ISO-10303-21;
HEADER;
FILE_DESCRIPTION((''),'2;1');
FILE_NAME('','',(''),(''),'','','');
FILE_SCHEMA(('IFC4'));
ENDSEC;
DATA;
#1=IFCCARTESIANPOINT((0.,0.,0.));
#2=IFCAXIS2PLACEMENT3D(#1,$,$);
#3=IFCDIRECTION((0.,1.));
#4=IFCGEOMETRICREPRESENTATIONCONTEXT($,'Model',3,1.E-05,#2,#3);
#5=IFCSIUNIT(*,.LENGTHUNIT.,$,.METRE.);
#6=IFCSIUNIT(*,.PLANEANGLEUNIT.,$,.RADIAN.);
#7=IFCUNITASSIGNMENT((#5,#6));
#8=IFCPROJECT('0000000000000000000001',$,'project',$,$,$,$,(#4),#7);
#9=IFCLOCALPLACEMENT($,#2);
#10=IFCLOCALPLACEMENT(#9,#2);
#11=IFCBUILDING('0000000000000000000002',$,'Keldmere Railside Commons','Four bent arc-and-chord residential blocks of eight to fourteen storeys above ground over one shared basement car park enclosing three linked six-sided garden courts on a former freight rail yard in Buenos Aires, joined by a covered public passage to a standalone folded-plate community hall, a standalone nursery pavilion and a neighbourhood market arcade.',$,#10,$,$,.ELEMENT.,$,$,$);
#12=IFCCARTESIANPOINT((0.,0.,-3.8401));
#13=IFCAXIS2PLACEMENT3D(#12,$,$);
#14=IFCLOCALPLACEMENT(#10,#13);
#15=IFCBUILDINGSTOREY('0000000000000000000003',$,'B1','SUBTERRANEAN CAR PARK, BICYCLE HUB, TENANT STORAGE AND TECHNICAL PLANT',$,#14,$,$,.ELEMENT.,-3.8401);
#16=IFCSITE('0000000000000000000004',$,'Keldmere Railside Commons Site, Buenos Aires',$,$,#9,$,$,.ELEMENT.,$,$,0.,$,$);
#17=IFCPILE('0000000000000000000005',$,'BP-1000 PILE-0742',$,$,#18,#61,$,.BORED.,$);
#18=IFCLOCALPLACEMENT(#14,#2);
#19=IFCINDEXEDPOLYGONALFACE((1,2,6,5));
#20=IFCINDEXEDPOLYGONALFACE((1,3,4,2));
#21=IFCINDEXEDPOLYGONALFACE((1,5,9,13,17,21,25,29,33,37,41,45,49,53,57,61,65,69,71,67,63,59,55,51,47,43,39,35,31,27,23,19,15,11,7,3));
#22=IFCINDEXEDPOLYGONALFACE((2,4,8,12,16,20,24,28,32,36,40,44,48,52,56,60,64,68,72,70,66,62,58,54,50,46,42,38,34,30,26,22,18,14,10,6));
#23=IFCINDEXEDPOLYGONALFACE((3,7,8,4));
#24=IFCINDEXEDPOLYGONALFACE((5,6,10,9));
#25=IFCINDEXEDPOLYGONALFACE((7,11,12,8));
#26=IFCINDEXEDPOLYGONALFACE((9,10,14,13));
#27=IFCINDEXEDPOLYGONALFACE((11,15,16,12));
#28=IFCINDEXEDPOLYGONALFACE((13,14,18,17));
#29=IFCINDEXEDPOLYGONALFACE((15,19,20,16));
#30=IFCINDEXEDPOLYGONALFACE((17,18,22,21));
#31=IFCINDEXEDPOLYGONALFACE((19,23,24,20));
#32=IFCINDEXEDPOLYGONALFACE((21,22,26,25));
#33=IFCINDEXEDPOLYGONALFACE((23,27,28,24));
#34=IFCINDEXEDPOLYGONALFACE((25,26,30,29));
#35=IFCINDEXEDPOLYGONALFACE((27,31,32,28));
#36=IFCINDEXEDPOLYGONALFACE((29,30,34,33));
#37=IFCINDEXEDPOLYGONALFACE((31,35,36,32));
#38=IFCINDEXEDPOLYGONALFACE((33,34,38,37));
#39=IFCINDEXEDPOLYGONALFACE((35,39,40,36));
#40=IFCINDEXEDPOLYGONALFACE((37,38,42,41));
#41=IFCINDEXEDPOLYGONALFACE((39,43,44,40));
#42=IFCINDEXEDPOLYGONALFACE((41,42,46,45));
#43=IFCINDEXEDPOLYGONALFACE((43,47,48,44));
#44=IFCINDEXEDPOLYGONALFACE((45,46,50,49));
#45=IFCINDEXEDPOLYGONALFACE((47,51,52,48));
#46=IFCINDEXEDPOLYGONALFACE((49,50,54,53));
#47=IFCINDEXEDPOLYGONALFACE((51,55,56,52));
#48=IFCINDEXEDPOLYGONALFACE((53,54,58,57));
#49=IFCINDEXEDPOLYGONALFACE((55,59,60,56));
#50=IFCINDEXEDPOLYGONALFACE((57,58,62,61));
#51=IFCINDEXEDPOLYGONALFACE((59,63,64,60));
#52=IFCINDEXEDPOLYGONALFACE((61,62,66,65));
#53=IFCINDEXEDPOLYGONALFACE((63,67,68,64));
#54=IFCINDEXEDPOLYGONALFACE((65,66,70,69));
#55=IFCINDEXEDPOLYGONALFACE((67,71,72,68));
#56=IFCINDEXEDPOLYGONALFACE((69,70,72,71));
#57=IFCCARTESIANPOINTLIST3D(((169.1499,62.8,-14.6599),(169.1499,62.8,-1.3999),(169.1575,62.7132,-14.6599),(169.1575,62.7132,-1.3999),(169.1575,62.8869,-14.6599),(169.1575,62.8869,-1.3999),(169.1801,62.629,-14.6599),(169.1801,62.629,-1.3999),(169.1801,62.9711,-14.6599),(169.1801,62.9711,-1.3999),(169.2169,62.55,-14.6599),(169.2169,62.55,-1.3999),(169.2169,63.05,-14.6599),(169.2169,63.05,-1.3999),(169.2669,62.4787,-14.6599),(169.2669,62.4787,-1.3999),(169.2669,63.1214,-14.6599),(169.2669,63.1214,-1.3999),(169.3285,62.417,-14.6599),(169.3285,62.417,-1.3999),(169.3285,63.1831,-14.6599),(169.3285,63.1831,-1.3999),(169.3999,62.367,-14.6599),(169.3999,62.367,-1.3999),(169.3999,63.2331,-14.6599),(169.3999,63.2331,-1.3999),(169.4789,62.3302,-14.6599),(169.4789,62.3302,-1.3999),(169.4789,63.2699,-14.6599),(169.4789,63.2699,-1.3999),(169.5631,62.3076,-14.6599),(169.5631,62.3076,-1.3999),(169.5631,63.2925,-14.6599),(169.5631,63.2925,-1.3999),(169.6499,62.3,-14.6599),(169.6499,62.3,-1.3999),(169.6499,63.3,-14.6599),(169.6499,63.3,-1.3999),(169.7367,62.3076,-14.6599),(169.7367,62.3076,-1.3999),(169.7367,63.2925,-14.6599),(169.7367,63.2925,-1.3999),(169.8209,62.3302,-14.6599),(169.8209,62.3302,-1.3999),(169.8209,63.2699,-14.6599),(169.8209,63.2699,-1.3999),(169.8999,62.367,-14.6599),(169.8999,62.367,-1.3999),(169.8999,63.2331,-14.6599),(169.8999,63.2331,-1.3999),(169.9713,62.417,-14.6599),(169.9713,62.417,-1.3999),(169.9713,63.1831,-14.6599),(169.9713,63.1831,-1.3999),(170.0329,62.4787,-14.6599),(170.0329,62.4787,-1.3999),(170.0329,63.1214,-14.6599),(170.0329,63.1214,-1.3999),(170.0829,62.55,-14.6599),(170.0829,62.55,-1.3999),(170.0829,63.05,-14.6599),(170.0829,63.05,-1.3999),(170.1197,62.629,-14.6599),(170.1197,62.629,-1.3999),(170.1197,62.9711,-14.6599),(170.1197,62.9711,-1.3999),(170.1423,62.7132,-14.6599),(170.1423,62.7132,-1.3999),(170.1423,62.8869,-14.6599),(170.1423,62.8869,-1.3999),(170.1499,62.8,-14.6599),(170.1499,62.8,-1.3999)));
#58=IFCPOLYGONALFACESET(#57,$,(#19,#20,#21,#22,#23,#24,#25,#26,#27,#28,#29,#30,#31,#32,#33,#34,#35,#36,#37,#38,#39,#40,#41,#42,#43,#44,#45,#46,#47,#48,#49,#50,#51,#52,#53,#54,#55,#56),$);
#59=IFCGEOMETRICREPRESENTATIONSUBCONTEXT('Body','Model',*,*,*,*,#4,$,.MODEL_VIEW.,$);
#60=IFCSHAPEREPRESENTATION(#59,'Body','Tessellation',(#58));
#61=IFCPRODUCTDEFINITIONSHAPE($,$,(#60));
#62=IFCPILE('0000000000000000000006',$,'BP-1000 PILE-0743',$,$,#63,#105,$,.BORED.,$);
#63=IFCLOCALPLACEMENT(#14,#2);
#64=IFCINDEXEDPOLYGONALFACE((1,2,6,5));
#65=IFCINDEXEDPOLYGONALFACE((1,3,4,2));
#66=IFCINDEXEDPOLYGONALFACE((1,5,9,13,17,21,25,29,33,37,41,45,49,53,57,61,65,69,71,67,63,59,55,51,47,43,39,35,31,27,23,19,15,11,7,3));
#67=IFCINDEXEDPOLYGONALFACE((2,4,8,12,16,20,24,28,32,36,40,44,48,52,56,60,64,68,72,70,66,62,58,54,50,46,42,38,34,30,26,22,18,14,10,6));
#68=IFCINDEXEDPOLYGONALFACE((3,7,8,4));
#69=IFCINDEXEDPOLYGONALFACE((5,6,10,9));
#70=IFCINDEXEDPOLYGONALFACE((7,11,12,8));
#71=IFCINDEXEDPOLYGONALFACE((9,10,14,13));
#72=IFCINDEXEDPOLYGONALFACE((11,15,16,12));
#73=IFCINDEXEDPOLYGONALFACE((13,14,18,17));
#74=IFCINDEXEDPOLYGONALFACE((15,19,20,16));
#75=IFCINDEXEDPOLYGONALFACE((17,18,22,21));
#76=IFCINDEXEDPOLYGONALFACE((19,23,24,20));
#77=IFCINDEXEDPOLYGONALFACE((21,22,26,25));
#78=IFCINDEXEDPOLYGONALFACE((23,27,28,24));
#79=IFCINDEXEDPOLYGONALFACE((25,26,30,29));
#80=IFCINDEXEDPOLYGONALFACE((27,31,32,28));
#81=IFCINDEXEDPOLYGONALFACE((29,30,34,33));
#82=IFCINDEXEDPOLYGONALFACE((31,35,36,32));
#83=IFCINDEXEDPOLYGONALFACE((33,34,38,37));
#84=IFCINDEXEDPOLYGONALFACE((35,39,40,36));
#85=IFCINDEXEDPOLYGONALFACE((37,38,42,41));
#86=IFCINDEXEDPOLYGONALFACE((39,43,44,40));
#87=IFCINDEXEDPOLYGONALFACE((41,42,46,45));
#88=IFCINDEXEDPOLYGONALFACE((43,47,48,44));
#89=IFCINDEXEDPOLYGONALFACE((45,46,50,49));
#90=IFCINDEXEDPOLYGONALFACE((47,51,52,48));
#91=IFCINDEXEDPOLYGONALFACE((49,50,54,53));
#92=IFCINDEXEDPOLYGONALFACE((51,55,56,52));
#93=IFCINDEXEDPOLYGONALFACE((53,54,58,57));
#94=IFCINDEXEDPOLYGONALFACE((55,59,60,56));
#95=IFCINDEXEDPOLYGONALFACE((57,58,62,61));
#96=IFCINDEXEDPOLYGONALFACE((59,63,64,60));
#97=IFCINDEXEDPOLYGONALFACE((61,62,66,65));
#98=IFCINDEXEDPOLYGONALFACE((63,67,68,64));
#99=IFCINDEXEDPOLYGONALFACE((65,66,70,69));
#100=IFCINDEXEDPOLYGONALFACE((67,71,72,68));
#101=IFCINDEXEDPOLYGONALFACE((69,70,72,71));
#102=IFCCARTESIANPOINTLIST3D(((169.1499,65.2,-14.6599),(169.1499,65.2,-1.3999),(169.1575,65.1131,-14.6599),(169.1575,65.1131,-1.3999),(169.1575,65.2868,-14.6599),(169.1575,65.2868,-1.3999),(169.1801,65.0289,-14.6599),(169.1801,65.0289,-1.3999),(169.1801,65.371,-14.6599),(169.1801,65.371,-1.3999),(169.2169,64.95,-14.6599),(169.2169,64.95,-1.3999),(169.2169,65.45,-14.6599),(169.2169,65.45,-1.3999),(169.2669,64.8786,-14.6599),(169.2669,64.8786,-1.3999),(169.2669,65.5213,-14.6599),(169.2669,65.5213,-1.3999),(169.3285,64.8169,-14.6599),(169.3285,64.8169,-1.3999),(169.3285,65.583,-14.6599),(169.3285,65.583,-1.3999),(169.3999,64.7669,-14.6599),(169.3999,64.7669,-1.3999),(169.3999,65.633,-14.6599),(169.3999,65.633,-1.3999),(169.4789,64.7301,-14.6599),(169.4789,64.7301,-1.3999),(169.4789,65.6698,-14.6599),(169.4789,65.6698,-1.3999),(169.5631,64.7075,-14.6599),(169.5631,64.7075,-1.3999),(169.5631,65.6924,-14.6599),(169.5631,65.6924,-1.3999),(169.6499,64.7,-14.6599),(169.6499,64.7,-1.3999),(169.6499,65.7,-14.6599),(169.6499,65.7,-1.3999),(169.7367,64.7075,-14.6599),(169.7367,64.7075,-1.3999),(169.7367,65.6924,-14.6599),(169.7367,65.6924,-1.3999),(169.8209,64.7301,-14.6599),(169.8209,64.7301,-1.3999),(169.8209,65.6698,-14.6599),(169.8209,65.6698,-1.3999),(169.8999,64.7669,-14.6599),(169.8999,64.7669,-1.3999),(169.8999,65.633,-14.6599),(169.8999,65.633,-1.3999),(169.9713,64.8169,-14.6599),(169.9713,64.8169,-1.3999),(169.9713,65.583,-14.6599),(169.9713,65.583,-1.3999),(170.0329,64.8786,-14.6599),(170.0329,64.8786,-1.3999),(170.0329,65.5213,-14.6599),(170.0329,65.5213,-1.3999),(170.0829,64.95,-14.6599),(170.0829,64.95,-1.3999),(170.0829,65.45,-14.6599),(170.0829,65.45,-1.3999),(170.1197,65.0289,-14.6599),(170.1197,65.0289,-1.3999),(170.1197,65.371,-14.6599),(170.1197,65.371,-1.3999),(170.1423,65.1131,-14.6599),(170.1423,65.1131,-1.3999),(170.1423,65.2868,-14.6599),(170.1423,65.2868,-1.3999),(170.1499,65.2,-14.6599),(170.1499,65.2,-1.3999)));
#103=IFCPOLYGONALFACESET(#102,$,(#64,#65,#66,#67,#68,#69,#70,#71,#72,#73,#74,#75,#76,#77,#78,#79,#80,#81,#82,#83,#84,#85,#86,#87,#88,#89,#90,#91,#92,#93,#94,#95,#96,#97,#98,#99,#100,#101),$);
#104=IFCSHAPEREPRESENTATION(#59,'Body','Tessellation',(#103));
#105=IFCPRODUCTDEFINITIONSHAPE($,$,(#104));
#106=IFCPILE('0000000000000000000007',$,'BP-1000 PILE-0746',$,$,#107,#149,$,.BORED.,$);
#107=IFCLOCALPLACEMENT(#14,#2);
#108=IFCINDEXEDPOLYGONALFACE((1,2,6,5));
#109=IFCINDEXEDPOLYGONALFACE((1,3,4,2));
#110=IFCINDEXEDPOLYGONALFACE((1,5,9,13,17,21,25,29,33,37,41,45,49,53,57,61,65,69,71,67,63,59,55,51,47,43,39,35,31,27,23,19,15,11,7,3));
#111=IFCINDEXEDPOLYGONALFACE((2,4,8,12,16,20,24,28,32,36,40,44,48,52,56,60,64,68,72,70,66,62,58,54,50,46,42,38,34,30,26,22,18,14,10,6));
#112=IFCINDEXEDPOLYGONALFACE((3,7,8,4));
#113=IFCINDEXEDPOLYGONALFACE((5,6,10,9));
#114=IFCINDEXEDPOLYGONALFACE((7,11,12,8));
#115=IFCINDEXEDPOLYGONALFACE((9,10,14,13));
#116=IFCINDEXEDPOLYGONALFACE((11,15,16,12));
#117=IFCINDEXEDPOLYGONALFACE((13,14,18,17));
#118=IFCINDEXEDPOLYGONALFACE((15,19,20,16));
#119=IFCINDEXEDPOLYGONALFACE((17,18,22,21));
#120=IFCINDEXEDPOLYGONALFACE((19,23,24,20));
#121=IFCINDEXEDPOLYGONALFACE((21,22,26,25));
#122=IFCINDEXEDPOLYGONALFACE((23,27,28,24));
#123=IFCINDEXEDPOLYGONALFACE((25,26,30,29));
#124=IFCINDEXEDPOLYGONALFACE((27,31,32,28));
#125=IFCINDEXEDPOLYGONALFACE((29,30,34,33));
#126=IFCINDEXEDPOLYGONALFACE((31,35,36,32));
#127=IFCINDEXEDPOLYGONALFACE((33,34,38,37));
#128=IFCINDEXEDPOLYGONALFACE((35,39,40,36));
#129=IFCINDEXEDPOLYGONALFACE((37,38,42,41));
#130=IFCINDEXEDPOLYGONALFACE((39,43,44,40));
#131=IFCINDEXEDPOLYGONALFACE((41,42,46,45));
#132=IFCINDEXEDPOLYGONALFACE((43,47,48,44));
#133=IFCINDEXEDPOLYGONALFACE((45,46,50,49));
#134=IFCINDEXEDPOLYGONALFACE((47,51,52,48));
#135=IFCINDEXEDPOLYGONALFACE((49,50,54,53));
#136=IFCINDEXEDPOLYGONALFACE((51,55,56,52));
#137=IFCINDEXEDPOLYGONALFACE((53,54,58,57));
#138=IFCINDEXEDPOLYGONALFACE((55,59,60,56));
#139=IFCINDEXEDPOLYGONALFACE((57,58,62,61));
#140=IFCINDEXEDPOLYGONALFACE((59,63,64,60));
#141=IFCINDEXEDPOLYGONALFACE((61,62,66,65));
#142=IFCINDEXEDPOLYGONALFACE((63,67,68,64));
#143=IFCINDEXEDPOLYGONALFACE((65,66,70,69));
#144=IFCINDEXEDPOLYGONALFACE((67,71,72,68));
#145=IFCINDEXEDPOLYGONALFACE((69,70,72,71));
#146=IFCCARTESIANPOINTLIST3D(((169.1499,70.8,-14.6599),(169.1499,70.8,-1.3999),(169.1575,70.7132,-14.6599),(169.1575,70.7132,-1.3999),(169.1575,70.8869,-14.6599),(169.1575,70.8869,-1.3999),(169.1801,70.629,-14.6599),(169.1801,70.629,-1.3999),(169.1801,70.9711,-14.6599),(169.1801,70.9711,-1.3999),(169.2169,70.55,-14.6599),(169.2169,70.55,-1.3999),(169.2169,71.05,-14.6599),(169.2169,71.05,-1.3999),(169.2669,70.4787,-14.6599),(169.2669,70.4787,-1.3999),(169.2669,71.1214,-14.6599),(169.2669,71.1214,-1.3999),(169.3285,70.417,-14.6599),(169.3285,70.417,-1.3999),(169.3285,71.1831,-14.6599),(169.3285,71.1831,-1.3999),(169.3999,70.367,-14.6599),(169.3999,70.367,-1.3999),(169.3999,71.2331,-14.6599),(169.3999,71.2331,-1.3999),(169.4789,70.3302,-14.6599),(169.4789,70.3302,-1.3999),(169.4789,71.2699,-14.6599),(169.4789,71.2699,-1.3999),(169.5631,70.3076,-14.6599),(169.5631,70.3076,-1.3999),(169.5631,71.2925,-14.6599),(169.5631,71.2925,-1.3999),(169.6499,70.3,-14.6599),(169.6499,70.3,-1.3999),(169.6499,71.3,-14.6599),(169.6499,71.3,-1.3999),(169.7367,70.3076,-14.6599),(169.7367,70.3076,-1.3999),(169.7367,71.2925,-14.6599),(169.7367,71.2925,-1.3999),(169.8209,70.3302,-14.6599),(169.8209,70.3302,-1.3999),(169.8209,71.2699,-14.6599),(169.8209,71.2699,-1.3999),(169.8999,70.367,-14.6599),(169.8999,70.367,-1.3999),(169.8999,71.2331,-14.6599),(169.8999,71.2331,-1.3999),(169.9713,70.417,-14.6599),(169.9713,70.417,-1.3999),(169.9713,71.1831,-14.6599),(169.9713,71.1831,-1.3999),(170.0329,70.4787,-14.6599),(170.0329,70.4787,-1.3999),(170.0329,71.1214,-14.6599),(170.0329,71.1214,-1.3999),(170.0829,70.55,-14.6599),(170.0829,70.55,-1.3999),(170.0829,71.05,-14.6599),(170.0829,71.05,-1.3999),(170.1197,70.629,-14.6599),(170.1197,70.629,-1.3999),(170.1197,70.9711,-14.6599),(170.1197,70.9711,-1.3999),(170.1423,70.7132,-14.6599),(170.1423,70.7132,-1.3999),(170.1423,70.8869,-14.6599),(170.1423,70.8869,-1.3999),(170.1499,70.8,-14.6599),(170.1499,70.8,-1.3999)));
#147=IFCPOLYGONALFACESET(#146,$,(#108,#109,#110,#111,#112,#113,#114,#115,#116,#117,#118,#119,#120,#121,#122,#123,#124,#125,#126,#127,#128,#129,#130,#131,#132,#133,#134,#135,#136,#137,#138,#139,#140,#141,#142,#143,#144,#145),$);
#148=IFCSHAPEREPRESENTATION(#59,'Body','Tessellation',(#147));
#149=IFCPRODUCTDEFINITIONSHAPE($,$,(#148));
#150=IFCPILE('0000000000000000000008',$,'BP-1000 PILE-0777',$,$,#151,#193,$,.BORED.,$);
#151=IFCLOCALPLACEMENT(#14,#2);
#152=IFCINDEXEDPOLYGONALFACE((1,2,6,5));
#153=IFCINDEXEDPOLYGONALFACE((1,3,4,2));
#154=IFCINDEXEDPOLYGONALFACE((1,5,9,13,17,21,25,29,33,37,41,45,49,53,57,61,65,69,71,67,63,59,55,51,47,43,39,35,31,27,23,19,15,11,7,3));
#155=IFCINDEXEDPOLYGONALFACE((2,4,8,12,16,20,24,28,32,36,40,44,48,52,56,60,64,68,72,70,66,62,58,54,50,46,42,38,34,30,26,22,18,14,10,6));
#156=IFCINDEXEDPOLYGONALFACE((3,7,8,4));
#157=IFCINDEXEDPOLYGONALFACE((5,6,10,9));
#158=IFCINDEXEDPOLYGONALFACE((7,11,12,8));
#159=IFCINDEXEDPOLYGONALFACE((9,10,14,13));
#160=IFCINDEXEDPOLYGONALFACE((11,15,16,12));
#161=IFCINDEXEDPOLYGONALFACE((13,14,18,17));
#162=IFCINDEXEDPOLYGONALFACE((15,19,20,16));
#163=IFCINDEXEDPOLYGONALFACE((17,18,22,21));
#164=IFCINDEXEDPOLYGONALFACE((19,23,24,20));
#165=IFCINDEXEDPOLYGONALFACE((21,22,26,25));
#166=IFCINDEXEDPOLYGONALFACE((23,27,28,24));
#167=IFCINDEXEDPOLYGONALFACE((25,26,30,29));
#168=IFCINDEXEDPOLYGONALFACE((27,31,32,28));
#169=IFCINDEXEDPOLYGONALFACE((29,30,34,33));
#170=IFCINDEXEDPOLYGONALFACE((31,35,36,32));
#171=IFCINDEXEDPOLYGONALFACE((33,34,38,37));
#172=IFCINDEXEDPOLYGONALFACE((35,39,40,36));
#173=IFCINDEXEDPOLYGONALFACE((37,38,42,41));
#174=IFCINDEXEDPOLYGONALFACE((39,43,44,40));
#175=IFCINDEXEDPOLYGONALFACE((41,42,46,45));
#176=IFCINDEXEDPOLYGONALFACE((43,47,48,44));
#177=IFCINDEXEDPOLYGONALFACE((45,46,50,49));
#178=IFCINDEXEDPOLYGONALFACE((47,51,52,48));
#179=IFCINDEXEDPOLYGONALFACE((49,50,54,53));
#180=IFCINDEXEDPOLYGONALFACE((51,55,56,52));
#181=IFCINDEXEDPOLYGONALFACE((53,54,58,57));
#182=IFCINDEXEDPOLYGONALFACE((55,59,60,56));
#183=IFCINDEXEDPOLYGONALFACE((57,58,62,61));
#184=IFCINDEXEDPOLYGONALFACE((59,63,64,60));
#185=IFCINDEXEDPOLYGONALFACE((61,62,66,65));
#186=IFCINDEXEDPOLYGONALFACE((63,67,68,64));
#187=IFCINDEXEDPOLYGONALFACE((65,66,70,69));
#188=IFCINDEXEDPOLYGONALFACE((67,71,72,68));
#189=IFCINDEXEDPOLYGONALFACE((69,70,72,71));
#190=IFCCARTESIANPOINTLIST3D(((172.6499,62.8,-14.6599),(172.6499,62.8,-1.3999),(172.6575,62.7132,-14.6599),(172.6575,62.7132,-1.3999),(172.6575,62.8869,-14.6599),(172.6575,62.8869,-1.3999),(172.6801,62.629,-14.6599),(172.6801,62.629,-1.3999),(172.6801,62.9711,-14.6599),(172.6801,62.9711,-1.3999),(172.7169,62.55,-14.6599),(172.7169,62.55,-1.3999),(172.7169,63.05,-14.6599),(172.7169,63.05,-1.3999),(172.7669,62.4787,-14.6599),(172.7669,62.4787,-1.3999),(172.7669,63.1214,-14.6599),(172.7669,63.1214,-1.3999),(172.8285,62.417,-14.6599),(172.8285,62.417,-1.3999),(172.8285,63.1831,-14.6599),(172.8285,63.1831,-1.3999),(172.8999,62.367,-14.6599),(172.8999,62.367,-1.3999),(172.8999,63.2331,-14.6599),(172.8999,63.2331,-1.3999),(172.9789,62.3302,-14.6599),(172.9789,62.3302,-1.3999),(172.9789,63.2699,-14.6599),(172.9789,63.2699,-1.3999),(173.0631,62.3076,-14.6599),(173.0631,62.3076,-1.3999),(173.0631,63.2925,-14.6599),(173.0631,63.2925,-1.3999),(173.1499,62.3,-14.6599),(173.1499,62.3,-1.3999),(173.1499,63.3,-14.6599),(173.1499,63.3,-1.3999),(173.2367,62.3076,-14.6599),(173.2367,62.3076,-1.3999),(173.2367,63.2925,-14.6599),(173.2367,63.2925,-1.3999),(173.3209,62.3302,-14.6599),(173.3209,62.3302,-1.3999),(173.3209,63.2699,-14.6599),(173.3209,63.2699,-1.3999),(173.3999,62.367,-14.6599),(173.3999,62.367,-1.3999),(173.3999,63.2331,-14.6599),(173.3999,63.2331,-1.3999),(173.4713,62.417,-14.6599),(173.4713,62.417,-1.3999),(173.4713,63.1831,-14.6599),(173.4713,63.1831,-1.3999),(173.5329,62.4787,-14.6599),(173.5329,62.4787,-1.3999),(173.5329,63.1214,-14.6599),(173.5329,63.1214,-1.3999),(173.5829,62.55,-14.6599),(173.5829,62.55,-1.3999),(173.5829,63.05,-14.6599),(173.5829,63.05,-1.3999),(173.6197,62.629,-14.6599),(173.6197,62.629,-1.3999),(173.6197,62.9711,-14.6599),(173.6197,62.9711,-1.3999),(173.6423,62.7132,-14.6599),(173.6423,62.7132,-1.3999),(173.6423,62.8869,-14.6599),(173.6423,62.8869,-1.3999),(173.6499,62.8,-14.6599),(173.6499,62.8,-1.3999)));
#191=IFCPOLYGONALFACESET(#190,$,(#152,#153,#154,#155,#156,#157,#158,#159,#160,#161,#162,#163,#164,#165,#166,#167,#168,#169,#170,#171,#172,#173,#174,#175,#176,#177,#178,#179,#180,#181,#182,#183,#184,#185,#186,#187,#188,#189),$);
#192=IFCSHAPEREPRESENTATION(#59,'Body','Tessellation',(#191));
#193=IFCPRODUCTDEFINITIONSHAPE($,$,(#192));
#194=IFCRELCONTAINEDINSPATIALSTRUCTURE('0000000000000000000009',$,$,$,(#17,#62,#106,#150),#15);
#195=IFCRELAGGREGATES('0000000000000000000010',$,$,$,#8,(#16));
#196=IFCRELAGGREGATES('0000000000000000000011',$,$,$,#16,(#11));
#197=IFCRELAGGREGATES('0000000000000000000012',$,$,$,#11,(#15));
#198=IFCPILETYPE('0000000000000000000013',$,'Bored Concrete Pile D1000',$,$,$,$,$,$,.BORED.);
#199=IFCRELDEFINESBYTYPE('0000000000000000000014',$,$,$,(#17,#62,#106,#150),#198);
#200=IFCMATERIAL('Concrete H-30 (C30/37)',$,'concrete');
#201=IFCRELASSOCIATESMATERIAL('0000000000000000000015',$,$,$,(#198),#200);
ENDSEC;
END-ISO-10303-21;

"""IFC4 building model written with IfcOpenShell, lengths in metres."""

from ifc_helpers import new_model, si_unit, direction, frame, origin, origin_2d, place, context, subcontext, project, spatial, circle, extrude, material, material_profile, profile_set, type_object, element, save


model = new_model("IFC4")

# Units and contexts
model_context = context("Model", 3, precision=1e-05, world=origin(), true_north=direction((0.0, 1.0)))
body_context = subcontext(model_context, "Body", "Model", "MODEL_VIEW")
ifc_project = project(units=[si_unit("LENGTHUNIT", "METRE"), si_unit("PLANEANGLEUNIT", "RADIAN")], contexts=[model_context])

# Site, building, storey
site_placement = place(None, origin())
site = spatial("IfcSite", under=ifc_project, at=site_placement, Name="Keldmere Railside Commons Site, Buenos Aires", CompositionType="ELEMENT", RefElevation=0.0)
building_placement = place(site_placement, origin())
building = spatial("IfcBuilding", under=site, at=building_placement, Name="Keldmere Railside Commons", Description="Four bent arc-and-chord residential blocks of eight to fourteen storeys above ground over one shared basement car park enclosing three linked six-sided garden courts on a former freight rail yard in Buenos Aires, joined by a covered public passage to a standalone folded-plate community hall, a standalone nursery pavilion and a neighbourhood market arcade.", CompositionType="ELEMENT")
storey_placement = place(building_placement, frame((0.0, 0.0, -3.8401)))
storey = spatial("IfcBuildingStorey", under=building, at=storey_placement, Name="B1", Description="SUBTERRANEAN CAR PARK, BICYCLE HUB, TENANT STORAGE AND TECHNICAL PLANT", CompositionType="ELEMENT", Elevation=-3.8401)

# Piles
ifc_material_1 = material(Name="Concrete H-30 (C30/37)", Category="concrete")
ifc_material_profile_1 = material_profile(ifc_material_1, circle(Radius=0.5, at=origin_2d()), Name="PILE-D1000")
ifc_profile_set_1 = profile_set([ifc_material_profile_1], Name="Concrete H-30 (C30/37)")
pile_type = type_object("IfcPileType", Name="Bored Concrete Pile D1000", PredefinedType="BORED", material=ifc_profile_set_1)
for number, where, z_axis, x_axis, name in (
    (1, (169.6499, 62.8, -1.3999), (0.0, 0.0, -1.0), (1.0, 0.0, 0.0), "BP-1000 PILE-0742"),
    (2, (169.6499, 65.2, -1.3999), (0.0, 0.0, -1.0), (1.0, 0.0, 0.0), "BP-1000 PILE-0743"),
    (3, (169.6499, 70.8, -1.3999), (0.0, 0.0, -1.0), (1.0, 0.0, 0.0), "BP-1000 PILE-0746"),
    (4, (173.1499, 62.8, -1.3999), (0.0, 0.0, -1.0), (1.0, 0.0, 0.0), "BP-1000 PILE-0777"),
):
    element("IfcPile", number, at=place(storey_placement, frame(where, z_axis=z_axis, x_axis=x_axis)), inside=storey, type_object=pile_type, Name=name, PredefinedType="BORED", context=body_context, shape_type="SweptSolid", body=[
        extrude(circle(Radius=0.5, at=origin_2d()), origin(), (0.0, 0.0, 1.0), 13.26),
    ])

save(model, "model.ifc")
